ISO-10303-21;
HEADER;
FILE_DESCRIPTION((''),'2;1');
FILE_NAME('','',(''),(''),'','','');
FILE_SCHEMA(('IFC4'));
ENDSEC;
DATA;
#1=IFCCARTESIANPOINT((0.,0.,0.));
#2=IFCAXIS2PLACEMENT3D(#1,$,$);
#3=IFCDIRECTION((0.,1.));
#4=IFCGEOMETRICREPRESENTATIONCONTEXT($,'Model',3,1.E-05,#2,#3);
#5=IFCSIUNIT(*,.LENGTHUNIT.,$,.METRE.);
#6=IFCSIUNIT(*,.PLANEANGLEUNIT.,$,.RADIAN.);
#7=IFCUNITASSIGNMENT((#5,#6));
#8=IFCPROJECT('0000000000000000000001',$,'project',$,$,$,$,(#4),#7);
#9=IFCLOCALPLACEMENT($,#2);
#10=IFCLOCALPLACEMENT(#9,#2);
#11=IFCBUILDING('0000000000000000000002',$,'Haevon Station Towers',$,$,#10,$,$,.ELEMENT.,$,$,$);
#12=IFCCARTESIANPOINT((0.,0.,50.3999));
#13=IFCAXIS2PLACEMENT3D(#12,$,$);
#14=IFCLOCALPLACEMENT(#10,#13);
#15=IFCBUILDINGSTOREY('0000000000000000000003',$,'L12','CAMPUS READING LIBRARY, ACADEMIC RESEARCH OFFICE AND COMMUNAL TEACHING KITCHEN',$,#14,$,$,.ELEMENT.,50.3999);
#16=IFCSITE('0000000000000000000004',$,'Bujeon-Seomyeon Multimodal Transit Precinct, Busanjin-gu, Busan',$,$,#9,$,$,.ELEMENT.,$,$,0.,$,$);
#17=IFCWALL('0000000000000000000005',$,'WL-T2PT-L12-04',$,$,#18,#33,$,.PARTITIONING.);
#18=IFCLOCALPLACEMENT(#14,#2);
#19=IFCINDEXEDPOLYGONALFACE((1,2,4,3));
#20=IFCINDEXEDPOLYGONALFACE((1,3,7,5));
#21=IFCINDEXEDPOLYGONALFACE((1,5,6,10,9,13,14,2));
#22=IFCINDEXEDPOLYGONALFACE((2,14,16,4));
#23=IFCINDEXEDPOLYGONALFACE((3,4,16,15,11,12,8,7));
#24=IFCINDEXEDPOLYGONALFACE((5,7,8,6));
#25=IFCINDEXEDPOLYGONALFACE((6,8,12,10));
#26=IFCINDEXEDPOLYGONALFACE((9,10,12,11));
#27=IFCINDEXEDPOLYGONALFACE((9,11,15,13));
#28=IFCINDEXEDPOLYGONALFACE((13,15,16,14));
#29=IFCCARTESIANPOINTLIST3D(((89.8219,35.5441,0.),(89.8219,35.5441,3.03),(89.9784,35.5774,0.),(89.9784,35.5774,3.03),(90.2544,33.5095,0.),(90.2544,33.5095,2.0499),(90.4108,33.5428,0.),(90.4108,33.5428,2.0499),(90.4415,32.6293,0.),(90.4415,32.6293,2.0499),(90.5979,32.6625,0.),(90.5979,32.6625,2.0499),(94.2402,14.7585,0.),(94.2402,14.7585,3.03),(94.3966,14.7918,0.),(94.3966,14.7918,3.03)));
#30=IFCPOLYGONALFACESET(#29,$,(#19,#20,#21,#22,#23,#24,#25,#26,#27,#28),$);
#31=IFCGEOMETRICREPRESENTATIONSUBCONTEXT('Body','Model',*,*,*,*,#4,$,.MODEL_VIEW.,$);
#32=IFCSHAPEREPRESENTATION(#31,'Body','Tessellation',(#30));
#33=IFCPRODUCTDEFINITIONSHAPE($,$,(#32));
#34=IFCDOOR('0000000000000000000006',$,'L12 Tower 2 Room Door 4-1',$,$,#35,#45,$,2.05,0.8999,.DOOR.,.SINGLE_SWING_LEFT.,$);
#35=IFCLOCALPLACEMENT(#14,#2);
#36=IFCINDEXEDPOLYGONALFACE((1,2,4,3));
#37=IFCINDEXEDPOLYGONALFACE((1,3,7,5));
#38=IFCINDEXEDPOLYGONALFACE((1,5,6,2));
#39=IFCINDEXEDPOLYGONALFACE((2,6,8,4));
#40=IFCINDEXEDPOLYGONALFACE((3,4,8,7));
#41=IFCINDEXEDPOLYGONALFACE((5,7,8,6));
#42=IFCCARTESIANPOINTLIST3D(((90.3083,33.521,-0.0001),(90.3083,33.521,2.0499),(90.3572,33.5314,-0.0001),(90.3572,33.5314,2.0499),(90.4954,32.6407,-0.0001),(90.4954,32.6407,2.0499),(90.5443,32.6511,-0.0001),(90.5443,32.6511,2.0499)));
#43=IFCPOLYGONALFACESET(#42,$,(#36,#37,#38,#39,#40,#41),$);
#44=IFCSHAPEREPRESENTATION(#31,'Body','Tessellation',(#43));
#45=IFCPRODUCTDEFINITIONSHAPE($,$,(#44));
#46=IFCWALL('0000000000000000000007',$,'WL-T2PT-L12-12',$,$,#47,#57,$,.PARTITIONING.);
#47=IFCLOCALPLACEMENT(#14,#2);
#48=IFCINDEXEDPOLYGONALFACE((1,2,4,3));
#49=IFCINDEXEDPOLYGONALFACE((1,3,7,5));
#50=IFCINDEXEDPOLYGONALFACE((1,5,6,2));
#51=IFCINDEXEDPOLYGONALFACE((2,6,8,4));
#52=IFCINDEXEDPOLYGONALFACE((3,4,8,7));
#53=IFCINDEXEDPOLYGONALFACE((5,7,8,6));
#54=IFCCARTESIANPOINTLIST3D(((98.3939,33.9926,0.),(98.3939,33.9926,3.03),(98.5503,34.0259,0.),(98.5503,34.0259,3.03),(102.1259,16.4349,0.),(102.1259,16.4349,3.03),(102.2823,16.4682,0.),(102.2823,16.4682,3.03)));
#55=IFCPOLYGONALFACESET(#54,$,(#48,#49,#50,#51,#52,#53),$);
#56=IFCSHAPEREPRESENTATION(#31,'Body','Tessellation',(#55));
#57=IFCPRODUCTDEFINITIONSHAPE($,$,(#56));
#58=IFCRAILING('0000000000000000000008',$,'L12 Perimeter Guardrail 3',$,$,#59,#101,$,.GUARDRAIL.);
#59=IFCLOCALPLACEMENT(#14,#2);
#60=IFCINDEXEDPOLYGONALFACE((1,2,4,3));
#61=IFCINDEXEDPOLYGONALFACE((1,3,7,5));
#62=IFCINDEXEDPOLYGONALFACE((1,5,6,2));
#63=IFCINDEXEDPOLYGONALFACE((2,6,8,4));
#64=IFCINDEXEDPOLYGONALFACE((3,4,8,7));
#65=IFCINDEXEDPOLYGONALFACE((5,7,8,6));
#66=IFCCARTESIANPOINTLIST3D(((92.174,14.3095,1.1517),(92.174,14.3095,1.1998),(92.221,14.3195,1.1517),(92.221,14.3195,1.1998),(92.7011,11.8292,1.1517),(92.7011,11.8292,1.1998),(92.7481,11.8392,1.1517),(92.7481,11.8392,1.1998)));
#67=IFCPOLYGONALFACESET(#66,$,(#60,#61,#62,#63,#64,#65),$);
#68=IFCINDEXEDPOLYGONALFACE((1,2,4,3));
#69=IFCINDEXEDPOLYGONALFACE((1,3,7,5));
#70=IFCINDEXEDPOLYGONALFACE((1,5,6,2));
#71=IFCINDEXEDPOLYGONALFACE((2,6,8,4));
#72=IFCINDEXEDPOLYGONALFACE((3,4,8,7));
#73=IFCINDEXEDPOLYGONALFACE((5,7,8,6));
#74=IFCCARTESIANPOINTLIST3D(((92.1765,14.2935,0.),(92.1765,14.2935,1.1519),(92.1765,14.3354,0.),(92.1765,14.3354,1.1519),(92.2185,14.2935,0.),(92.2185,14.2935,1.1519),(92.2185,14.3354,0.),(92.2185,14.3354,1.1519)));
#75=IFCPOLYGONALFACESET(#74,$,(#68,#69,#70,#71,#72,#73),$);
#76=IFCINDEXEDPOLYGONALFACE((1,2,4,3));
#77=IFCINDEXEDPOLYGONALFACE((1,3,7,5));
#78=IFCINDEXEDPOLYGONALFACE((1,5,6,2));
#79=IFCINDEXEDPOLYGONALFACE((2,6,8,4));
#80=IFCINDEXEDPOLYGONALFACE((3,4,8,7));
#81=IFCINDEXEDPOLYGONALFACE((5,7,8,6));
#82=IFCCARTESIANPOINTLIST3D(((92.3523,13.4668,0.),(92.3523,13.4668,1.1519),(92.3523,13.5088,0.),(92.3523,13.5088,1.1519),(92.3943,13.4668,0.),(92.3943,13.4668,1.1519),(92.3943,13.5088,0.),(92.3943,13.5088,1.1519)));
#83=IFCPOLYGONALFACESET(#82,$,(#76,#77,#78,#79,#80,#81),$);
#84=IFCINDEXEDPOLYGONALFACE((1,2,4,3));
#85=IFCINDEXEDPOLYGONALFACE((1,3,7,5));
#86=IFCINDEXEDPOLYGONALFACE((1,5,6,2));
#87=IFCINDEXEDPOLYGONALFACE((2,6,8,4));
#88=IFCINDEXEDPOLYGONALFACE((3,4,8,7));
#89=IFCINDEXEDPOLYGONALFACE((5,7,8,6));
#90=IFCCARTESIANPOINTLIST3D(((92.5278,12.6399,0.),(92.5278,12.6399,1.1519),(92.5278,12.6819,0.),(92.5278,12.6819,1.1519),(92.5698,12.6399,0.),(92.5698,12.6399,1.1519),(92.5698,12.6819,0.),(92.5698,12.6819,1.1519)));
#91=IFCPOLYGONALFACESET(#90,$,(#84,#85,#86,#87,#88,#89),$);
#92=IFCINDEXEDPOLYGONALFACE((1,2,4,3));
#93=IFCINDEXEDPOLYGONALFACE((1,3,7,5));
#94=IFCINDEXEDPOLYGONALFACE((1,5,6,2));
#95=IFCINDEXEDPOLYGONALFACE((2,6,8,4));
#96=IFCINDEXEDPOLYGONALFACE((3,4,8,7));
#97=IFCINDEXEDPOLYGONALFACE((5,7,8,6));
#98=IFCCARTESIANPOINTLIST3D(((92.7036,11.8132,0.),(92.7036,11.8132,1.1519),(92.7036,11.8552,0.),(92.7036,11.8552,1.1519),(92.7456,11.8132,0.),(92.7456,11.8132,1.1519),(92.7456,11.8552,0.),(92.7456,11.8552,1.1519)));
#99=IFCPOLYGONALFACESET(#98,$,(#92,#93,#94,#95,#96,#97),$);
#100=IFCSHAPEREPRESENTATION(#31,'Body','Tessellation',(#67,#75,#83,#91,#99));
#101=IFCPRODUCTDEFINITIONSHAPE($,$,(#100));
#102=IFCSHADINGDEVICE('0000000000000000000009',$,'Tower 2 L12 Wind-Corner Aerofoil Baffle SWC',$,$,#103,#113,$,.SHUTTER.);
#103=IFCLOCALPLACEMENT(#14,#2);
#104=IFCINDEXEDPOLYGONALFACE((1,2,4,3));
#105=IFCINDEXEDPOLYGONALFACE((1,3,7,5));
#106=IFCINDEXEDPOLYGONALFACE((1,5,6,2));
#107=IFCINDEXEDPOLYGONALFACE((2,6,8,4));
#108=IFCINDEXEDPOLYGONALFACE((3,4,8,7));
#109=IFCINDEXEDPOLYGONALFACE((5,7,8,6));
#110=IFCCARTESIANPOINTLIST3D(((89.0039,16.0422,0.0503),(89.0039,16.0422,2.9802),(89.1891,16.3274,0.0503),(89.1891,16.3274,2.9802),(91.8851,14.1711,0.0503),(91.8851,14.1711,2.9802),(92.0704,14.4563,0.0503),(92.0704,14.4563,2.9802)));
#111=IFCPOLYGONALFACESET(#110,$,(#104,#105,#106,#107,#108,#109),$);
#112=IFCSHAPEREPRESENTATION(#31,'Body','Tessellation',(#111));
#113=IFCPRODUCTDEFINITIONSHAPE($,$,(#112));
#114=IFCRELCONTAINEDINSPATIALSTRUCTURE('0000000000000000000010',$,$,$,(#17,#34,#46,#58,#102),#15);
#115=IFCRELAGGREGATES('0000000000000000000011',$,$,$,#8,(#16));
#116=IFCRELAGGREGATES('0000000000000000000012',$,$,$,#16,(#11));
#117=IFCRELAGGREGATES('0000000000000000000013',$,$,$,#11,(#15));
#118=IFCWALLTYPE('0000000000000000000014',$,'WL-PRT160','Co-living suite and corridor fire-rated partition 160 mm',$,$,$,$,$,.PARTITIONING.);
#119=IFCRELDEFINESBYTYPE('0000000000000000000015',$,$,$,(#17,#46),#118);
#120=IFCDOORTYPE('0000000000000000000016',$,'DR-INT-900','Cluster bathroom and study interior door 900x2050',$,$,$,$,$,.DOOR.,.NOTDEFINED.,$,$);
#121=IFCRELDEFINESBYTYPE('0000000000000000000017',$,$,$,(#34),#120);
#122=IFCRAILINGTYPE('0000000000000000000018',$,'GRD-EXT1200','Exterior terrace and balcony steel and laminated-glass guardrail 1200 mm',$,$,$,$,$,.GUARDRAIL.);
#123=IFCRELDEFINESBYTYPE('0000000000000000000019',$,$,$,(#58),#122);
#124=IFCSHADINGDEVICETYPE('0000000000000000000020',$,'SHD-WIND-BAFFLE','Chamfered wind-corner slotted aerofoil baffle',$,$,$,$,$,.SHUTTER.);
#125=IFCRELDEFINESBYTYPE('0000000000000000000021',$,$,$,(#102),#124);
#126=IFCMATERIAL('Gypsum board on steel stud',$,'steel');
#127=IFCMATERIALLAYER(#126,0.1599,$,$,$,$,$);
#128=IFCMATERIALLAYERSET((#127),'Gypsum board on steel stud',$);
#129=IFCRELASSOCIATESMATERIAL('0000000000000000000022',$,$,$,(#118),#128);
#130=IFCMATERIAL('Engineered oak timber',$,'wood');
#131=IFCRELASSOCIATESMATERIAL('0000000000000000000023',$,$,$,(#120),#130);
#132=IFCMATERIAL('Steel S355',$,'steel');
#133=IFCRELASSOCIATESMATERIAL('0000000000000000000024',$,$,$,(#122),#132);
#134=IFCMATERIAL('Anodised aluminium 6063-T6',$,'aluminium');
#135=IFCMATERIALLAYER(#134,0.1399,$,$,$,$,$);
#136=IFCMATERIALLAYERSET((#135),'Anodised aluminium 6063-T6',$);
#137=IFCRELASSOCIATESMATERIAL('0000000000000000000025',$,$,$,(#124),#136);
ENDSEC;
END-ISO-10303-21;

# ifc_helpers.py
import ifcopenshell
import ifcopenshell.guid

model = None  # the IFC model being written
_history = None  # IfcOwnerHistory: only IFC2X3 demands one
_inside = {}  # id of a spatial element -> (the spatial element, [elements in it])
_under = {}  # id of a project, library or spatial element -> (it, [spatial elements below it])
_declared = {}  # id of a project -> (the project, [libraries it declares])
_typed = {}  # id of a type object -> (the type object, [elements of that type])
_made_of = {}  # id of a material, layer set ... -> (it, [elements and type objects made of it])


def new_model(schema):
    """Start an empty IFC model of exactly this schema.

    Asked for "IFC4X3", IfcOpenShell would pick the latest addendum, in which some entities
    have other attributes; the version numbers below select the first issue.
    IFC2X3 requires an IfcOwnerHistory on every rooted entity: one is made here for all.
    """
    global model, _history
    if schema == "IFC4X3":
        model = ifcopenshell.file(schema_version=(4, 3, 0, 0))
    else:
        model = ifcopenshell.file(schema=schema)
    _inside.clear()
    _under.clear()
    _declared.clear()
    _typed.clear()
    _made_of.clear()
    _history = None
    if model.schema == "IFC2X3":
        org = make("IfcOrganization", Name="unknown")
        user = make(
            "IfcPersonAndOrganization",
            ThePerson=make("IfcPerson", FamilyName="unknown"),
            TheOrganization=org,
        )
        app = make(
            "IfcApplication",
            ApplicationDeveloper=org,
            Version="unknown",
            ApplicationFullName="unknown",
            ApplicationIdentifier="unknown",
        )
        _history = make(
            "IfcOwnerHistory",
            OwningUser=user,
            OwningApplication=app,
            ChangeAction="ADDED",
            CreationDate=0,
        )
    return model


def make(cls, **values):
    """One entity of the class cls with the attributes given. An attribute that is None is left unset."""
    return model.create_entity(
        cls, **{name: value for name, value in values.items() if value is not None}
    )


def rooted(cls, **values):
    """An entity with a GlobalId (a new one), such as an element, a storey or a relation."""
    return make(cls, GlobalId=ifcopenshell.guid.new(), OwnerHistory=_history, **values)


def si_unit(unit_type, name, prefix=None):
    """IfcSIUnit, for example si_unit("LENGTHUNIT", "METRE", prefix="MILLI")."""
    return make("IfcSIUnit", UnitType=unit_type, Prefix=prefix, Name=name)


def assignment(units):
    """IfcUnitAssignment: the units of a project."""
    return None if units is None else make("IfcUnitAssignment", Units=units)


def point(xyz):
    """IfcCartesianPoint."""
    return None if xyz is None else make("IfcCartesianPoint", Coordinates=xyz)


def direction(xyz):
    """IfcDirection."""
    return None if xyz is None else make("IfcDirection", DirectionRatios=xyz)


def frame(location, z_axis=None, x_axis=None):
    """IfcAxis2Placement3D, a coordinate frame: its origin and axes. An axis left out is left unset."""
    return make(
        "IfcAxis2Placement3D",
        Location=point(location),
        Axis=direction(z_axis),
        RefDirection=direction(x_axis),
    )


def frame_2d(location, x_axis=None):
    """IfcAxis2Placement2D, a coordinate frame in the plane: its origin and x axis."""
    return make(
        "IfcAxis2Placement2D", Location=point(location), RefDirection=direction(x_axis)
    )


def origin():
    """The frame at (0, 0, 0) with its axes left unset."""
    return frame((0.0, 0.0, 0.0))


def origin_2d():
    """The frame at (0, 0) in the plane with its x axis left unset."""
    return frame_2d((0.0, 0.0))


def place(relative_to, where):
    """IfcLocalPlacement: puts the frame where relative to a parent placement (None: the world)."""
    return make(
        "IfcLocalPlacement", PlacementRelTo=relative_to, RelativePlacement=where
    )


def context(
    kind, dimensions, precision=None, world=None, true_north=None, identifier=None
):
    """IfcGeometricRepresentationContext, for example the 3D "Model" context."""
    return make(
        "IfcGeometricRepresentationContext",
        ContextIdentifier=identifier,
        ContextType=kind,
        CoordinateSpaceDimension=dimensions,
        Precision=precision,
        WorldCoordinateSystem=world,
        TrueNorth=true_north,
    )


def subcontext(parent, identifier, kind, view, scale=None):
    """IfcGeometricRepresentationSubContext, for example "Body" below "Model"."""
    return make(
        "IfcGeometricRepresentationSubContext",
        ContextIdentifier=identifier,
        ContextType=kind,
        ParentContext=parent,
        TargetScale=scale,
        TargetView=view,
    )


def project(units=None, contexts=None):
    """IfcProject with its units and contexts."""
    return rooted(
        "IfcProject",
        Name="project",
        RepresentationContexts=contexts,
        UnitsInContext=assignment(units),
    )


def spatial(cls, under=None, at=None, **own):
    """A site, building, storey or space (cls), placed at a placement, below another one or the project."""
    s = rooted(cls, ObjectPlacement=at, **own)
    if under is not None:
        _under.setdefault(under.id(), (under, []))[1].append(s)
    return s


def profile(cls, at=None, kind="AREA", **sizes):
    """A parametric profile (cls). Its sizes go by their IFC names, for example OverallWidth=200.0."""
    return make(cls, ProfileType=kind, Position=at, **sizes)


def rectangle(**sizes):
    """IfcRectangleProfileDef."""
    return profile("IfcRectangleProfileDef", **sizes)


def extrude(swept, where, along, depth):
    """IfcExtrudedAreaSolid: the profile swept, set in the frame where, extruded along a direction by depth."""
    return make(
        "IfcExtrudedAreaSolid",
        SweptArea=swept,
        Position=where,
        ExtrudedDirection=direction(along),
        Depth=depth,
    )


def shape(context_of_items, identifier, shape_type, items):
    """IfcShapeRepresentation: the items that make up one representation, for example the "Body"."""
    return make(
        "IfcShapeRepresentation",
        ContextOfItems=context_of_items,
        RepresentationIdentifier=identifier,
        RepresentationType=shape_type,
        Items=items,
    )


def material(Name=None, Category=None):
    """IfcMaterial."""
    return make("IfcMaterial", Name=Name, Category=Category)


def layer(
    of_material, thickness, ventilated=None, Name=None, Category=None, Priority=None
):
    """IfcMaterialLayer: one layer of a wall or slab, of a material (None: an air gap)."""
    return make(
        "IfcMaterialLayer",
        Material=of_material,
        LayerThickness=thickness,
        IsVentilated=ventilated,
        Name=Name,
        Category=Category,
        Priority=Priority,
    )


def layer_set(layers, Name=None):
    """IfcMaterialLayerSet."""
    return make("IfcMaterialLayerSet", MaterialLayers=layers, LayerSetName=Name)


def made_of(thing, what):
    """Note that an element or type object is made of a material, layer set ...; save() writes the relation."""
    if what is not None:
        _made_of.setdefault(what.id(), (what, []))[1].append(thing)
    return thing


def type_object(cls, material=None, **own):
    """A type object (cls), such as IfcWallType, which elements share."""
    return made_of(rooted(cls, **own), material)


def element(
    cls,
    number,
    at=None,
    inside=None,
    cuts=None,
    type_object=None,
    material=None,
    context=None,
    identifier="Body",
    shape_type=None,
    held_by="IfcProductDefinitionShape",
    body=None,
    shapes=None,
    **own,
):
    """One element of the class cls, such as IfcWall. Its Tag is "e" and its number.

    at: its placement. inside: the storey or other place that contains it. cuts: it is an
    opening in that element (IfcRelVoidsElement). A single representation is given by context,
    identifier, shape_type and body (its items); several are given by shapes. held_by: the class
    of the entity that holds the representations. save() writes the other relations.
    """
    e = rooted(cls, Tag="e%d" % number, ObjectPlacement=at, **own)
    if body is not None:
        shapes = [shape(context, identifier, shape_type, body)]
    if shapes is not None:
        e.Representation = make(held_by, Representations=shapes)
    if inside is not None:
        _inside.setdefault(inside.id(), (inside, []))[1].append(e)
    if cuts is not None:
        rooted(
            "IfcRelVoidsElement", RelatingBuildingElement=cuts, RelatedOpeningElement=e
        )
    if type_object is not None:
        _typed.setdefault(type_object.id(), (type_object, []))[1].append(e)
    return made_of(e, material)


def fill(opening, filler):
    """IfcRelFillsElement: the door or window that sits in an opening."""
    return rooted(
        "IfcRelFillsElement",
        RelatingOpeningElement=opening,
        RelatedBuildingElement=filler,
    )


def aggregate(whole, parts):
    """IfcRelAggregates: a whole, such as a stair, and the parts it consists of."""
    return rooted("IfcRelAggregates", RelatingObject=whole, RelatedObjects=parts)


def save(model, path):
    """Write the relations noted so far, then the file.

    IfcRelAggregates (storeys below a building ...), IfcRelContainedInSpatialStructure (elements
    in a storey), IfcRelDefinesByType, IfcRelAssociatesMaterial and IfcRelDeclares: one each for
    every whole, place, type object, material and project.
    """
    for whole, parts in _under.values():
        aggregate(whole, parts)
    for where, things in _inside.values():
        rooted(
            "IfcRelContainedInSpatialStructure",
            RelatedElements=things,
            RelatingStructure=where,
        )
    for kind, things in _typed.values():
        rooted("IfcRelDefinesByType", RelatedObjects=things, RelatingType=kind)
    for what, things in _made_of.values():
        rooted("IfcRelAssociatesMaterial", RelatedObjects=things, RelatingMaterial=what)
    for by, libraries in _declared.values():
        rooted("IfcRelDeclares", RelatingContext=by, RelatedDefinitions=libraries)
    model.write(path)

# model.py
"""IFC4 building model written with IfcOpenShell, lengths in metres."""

from ifc_helpers import new_model, si_unit, direction, frame, frame_2d, origin, origin_2d, place, context, subcontext, project, spatial, rectangle, extrude, material, layer, layer_set, type_object, element, fill, save


model = new_model("IFC4")

# Units and contexts
model_context = context("Model", 3, precision=1e-05, world=origin(), true_north=direction((0.0, 1.0)))
body_context = subcontext(model_context, "Body", "Model", "MODEL_VIEW")
ifc_project = project(units=[si_unit("LENGTHUNIT", "METRE"), si_unit("PLANEANGLEUNIT", "RADIAN")], contexts=[model_context])

# Site, building, storey
site_placement = place(None, origin())
site = spatial("IfcSite", under=ifc_project, at=site_placement, Name="Bujeon-Seomyeon Multimodal Transit Precinct, Busanjin-gu, Busan", CompositionType="ELEMENT", RefElevation=0.0)
building_placement = place(site_placement, origin())
building = spatial("IfcBuilding", under=site, at=building_placement, Name="Haevon Station Towers", CompositionType="ELEMENT")
storey_placement = place(building_placement, frame((0.0, 0.0, 50.3999)))
storey = spatial("IfcBuildingStorey", under=building, at=storey_placement, Name="L12", Description="CAMPUS READING LIBRARY, ACADEMIC RESEARCH OFFICE AND COMMUNAL TEACHING KITCHEN", CompositionType="ELEMENT", Elevation=50.3999)

# Shared definitions
ifc_material_1 = material(Name="Steel S355", Category="steel")

# Shared definitions
ifc_material_2 = material(Name="Gypsum board on steel stud", Category="steel")
ifc_layer_1 = layer(ifc_material_2, 0.1599)
ifc_layer_set_1 = layer_set([ifc_layer_1], Name="Gypsum board on steel stud")
wall_type_1 = type_object("IfcWallType", Name="WL-PRT160", Description="Co-living suite and corridor fire-rated partition 160 mm", PredefinedType="PARTITIONING", material=ifc_layer_set_1)

# Wall, opening, door
wall_1_placement = place(storey_placement, frame((94.3184, 14.7751, 0.0), z_axis=(0.0, 0.0, 1.0), x_axis=(-0.207916, 0.978147, 0.0)))
wall_1 = element("IfcWall", 1, at=wall_1_placement, inside=storey, type_object=wall_type_1, Name="WL-T2PT-L12-04", PredefinedType="PARTITIONING", context=body_context, shape_type="SweptSolid", body=[
    extrude(rectangle(XDim=21.25, YDim=0.1599, at=frame_2d((10.625, 0.0))), origin(), (0.0, 0.0, 1.0), 3.03),
])
opening_placement = place(wall_1_placement, frame((18.27, 0.0, 0.0)))
opening = element("IfcOpeningElement", 2, at=opening_placement, cuts=wall_1, PredefinedType="OPENING", context=body_context, shape_type="SweptSolid", body=[
    extrude(rectangle(XDim=0.8999, YDim=2.05, at=frame_2d((0.45, 1.0249))), frame((0.0, 0.0898, 0.0), z_axis=(0.0, -1.0, 0.0), x_axis=(1.0, 0.0, 0.0)), (0.0, 0.0, 1.0), 0.1799),
])
ifc_material_3 = material(Name="Engineered oak timber", Category="wood")
door_type = type_object("IfcDoorType", Name="DR-INT-900", Description="Cluster bathroom and study interior door 900x2050", OperationType="NOTDEFINED", PredefinedType="DOOR", material=ifc_material_3)
door_placement = place(opening_placement, origin())
door = element("IfcDoor", 3, at=door_placement, inside=storey, type_object=door_type, Name="L12 Tower 2 Room Door 4-1", OperationType="SINGLE_SWING_LEFT", OverallHeight=2.05, OverallWidth=0.8999, PredefinedType="DOOR", context=body_context, shape_type="SweptSolid", body=[
    extrude(rectangle(XDim=0.8999, YDim=2.05, at=frame_2d((0.45, 1.0249))), frame((0.0, 0.0249, 0.0), z_axis=(0.0, -1.0, 0.0), x_axis=(1.0, 0.0, 0.0)), (0.0, 0.0, 1.0), 0.05),
])
fill(opening, door)

# Wall
wall_2_placement = place(storey_placement, frame((102.2041, 16.4514, 0.0), z_axis=(0.0, 0.0, 1.0), x_axis=(-0.207909, 0.978148, 0.0)))
element("IfcWall", 4, at=wall_2_placement, inside=storey, type_object=wall_type_1, Name="WL-T2PT-L12-12", PredefinedType="PARTITIONING", context=body_context, shape_type="SweptSolid", body=[
    extrude(rectangle(XDim=17.95, YDim=0.1599, at=frame_2d((8.9751, 0.0))), origin(), (0.0, 0.0, 1.0), 3.03),
])

# Railing
railing_type = type_object("IfcRailingType", Name="GRD-EXT1200", Description="Exterior terrace and balcony steel and laminated-glass guardrail 1200 mm", PredefinedType="GUARDRAIL", material=ifc_material_1)
railing_1_placement = place(storey_placement, frame((92.1975, 14.3145, 0.0)))
element("IfcRailing", 5, at=railing_1_placement, inside=storey, type_object=railing_type, Name="L12 Perimeter Guardrail 3", PredefinedType="GUARDRAIL", context=body_context, shape_type="SweptSolid", body=[
    extrude(rectangle(XDim=0.0481, YDim=0.0481, at=origin_2d()), frame((0.0, 0.0, 1.1758), z_axis=(0.207878, -0.978155, 0.0), x_axis=(0.978155, 0.207878, 0.0)), (0.0, 0.0, 1.0), 2.5356),
    extrude(rectangle(XDim=0.042, YDim=0.042, at=origin_2d()), origin(), (0.0, 0.0, 1.0), 1.1519),
    extrude(rectangle(XDim=0.042, YDim=0.042, at=origin_2d()), frame((0.1758, -0.8267, 0.0)), (0.0, 0.0, 1.0), 1.1519),
    extrude(rectangle(XDim=0.042, YDim=0.042, at=origin_2d()), frame((0.3513, -1.6536, 0.0)), (0.0, 0.0, 1.0), 1.1519),
    extrude(rectangle(XDim=0.042, YDim=0.042, at=origin_2d()), frame((0.5271, -2.4802, 0.0)), (0.0, 0.0, 1.0), 1.1519),
])

# Shading device
ifc_material_4 = material(Name="Anodised aluminium 6063-T6", Category="aluminium")
ifc_layer_2 = layer(ifc_material_4, 0.1399)
ifc_layer_set_2 = layer_set([ifc_layer_2], Name="Anodised aluminium 6063-T6")
shading_device_type = type_object("IfcShadingDeviceType", Name="SHD-WIND-BAFFLE", Description="Chamfered wind-corner slotted aerofoil baffle", PredefinedType="SHUTTER", material=ifc_layer_set_2)
shading_device_placement = place(storey_placement, frame((90.5371, 15.2493, 0.0503), z_axis=(0.0, 0.0, 1.0), x_axis=(-0.838671, 0.544639, 0.0)))
element("IfcShadingDevice", 6, at=shading_device_placement, inside=storey, type_object=shading_device_type, Name="Tower 2 L12 Wind-Corner Aerofoil Baffle SWC", PredefinedType="SHUTTER", context=body_context, shape_type="SweptSolid", body=[
    extrude(rectangle(XDim=3.4355, YDim=0.3401, at=origin_2d()), origin(), (0.0, 0.0, 1.0), 2.9299),
])

save(model, "model.ifc")
